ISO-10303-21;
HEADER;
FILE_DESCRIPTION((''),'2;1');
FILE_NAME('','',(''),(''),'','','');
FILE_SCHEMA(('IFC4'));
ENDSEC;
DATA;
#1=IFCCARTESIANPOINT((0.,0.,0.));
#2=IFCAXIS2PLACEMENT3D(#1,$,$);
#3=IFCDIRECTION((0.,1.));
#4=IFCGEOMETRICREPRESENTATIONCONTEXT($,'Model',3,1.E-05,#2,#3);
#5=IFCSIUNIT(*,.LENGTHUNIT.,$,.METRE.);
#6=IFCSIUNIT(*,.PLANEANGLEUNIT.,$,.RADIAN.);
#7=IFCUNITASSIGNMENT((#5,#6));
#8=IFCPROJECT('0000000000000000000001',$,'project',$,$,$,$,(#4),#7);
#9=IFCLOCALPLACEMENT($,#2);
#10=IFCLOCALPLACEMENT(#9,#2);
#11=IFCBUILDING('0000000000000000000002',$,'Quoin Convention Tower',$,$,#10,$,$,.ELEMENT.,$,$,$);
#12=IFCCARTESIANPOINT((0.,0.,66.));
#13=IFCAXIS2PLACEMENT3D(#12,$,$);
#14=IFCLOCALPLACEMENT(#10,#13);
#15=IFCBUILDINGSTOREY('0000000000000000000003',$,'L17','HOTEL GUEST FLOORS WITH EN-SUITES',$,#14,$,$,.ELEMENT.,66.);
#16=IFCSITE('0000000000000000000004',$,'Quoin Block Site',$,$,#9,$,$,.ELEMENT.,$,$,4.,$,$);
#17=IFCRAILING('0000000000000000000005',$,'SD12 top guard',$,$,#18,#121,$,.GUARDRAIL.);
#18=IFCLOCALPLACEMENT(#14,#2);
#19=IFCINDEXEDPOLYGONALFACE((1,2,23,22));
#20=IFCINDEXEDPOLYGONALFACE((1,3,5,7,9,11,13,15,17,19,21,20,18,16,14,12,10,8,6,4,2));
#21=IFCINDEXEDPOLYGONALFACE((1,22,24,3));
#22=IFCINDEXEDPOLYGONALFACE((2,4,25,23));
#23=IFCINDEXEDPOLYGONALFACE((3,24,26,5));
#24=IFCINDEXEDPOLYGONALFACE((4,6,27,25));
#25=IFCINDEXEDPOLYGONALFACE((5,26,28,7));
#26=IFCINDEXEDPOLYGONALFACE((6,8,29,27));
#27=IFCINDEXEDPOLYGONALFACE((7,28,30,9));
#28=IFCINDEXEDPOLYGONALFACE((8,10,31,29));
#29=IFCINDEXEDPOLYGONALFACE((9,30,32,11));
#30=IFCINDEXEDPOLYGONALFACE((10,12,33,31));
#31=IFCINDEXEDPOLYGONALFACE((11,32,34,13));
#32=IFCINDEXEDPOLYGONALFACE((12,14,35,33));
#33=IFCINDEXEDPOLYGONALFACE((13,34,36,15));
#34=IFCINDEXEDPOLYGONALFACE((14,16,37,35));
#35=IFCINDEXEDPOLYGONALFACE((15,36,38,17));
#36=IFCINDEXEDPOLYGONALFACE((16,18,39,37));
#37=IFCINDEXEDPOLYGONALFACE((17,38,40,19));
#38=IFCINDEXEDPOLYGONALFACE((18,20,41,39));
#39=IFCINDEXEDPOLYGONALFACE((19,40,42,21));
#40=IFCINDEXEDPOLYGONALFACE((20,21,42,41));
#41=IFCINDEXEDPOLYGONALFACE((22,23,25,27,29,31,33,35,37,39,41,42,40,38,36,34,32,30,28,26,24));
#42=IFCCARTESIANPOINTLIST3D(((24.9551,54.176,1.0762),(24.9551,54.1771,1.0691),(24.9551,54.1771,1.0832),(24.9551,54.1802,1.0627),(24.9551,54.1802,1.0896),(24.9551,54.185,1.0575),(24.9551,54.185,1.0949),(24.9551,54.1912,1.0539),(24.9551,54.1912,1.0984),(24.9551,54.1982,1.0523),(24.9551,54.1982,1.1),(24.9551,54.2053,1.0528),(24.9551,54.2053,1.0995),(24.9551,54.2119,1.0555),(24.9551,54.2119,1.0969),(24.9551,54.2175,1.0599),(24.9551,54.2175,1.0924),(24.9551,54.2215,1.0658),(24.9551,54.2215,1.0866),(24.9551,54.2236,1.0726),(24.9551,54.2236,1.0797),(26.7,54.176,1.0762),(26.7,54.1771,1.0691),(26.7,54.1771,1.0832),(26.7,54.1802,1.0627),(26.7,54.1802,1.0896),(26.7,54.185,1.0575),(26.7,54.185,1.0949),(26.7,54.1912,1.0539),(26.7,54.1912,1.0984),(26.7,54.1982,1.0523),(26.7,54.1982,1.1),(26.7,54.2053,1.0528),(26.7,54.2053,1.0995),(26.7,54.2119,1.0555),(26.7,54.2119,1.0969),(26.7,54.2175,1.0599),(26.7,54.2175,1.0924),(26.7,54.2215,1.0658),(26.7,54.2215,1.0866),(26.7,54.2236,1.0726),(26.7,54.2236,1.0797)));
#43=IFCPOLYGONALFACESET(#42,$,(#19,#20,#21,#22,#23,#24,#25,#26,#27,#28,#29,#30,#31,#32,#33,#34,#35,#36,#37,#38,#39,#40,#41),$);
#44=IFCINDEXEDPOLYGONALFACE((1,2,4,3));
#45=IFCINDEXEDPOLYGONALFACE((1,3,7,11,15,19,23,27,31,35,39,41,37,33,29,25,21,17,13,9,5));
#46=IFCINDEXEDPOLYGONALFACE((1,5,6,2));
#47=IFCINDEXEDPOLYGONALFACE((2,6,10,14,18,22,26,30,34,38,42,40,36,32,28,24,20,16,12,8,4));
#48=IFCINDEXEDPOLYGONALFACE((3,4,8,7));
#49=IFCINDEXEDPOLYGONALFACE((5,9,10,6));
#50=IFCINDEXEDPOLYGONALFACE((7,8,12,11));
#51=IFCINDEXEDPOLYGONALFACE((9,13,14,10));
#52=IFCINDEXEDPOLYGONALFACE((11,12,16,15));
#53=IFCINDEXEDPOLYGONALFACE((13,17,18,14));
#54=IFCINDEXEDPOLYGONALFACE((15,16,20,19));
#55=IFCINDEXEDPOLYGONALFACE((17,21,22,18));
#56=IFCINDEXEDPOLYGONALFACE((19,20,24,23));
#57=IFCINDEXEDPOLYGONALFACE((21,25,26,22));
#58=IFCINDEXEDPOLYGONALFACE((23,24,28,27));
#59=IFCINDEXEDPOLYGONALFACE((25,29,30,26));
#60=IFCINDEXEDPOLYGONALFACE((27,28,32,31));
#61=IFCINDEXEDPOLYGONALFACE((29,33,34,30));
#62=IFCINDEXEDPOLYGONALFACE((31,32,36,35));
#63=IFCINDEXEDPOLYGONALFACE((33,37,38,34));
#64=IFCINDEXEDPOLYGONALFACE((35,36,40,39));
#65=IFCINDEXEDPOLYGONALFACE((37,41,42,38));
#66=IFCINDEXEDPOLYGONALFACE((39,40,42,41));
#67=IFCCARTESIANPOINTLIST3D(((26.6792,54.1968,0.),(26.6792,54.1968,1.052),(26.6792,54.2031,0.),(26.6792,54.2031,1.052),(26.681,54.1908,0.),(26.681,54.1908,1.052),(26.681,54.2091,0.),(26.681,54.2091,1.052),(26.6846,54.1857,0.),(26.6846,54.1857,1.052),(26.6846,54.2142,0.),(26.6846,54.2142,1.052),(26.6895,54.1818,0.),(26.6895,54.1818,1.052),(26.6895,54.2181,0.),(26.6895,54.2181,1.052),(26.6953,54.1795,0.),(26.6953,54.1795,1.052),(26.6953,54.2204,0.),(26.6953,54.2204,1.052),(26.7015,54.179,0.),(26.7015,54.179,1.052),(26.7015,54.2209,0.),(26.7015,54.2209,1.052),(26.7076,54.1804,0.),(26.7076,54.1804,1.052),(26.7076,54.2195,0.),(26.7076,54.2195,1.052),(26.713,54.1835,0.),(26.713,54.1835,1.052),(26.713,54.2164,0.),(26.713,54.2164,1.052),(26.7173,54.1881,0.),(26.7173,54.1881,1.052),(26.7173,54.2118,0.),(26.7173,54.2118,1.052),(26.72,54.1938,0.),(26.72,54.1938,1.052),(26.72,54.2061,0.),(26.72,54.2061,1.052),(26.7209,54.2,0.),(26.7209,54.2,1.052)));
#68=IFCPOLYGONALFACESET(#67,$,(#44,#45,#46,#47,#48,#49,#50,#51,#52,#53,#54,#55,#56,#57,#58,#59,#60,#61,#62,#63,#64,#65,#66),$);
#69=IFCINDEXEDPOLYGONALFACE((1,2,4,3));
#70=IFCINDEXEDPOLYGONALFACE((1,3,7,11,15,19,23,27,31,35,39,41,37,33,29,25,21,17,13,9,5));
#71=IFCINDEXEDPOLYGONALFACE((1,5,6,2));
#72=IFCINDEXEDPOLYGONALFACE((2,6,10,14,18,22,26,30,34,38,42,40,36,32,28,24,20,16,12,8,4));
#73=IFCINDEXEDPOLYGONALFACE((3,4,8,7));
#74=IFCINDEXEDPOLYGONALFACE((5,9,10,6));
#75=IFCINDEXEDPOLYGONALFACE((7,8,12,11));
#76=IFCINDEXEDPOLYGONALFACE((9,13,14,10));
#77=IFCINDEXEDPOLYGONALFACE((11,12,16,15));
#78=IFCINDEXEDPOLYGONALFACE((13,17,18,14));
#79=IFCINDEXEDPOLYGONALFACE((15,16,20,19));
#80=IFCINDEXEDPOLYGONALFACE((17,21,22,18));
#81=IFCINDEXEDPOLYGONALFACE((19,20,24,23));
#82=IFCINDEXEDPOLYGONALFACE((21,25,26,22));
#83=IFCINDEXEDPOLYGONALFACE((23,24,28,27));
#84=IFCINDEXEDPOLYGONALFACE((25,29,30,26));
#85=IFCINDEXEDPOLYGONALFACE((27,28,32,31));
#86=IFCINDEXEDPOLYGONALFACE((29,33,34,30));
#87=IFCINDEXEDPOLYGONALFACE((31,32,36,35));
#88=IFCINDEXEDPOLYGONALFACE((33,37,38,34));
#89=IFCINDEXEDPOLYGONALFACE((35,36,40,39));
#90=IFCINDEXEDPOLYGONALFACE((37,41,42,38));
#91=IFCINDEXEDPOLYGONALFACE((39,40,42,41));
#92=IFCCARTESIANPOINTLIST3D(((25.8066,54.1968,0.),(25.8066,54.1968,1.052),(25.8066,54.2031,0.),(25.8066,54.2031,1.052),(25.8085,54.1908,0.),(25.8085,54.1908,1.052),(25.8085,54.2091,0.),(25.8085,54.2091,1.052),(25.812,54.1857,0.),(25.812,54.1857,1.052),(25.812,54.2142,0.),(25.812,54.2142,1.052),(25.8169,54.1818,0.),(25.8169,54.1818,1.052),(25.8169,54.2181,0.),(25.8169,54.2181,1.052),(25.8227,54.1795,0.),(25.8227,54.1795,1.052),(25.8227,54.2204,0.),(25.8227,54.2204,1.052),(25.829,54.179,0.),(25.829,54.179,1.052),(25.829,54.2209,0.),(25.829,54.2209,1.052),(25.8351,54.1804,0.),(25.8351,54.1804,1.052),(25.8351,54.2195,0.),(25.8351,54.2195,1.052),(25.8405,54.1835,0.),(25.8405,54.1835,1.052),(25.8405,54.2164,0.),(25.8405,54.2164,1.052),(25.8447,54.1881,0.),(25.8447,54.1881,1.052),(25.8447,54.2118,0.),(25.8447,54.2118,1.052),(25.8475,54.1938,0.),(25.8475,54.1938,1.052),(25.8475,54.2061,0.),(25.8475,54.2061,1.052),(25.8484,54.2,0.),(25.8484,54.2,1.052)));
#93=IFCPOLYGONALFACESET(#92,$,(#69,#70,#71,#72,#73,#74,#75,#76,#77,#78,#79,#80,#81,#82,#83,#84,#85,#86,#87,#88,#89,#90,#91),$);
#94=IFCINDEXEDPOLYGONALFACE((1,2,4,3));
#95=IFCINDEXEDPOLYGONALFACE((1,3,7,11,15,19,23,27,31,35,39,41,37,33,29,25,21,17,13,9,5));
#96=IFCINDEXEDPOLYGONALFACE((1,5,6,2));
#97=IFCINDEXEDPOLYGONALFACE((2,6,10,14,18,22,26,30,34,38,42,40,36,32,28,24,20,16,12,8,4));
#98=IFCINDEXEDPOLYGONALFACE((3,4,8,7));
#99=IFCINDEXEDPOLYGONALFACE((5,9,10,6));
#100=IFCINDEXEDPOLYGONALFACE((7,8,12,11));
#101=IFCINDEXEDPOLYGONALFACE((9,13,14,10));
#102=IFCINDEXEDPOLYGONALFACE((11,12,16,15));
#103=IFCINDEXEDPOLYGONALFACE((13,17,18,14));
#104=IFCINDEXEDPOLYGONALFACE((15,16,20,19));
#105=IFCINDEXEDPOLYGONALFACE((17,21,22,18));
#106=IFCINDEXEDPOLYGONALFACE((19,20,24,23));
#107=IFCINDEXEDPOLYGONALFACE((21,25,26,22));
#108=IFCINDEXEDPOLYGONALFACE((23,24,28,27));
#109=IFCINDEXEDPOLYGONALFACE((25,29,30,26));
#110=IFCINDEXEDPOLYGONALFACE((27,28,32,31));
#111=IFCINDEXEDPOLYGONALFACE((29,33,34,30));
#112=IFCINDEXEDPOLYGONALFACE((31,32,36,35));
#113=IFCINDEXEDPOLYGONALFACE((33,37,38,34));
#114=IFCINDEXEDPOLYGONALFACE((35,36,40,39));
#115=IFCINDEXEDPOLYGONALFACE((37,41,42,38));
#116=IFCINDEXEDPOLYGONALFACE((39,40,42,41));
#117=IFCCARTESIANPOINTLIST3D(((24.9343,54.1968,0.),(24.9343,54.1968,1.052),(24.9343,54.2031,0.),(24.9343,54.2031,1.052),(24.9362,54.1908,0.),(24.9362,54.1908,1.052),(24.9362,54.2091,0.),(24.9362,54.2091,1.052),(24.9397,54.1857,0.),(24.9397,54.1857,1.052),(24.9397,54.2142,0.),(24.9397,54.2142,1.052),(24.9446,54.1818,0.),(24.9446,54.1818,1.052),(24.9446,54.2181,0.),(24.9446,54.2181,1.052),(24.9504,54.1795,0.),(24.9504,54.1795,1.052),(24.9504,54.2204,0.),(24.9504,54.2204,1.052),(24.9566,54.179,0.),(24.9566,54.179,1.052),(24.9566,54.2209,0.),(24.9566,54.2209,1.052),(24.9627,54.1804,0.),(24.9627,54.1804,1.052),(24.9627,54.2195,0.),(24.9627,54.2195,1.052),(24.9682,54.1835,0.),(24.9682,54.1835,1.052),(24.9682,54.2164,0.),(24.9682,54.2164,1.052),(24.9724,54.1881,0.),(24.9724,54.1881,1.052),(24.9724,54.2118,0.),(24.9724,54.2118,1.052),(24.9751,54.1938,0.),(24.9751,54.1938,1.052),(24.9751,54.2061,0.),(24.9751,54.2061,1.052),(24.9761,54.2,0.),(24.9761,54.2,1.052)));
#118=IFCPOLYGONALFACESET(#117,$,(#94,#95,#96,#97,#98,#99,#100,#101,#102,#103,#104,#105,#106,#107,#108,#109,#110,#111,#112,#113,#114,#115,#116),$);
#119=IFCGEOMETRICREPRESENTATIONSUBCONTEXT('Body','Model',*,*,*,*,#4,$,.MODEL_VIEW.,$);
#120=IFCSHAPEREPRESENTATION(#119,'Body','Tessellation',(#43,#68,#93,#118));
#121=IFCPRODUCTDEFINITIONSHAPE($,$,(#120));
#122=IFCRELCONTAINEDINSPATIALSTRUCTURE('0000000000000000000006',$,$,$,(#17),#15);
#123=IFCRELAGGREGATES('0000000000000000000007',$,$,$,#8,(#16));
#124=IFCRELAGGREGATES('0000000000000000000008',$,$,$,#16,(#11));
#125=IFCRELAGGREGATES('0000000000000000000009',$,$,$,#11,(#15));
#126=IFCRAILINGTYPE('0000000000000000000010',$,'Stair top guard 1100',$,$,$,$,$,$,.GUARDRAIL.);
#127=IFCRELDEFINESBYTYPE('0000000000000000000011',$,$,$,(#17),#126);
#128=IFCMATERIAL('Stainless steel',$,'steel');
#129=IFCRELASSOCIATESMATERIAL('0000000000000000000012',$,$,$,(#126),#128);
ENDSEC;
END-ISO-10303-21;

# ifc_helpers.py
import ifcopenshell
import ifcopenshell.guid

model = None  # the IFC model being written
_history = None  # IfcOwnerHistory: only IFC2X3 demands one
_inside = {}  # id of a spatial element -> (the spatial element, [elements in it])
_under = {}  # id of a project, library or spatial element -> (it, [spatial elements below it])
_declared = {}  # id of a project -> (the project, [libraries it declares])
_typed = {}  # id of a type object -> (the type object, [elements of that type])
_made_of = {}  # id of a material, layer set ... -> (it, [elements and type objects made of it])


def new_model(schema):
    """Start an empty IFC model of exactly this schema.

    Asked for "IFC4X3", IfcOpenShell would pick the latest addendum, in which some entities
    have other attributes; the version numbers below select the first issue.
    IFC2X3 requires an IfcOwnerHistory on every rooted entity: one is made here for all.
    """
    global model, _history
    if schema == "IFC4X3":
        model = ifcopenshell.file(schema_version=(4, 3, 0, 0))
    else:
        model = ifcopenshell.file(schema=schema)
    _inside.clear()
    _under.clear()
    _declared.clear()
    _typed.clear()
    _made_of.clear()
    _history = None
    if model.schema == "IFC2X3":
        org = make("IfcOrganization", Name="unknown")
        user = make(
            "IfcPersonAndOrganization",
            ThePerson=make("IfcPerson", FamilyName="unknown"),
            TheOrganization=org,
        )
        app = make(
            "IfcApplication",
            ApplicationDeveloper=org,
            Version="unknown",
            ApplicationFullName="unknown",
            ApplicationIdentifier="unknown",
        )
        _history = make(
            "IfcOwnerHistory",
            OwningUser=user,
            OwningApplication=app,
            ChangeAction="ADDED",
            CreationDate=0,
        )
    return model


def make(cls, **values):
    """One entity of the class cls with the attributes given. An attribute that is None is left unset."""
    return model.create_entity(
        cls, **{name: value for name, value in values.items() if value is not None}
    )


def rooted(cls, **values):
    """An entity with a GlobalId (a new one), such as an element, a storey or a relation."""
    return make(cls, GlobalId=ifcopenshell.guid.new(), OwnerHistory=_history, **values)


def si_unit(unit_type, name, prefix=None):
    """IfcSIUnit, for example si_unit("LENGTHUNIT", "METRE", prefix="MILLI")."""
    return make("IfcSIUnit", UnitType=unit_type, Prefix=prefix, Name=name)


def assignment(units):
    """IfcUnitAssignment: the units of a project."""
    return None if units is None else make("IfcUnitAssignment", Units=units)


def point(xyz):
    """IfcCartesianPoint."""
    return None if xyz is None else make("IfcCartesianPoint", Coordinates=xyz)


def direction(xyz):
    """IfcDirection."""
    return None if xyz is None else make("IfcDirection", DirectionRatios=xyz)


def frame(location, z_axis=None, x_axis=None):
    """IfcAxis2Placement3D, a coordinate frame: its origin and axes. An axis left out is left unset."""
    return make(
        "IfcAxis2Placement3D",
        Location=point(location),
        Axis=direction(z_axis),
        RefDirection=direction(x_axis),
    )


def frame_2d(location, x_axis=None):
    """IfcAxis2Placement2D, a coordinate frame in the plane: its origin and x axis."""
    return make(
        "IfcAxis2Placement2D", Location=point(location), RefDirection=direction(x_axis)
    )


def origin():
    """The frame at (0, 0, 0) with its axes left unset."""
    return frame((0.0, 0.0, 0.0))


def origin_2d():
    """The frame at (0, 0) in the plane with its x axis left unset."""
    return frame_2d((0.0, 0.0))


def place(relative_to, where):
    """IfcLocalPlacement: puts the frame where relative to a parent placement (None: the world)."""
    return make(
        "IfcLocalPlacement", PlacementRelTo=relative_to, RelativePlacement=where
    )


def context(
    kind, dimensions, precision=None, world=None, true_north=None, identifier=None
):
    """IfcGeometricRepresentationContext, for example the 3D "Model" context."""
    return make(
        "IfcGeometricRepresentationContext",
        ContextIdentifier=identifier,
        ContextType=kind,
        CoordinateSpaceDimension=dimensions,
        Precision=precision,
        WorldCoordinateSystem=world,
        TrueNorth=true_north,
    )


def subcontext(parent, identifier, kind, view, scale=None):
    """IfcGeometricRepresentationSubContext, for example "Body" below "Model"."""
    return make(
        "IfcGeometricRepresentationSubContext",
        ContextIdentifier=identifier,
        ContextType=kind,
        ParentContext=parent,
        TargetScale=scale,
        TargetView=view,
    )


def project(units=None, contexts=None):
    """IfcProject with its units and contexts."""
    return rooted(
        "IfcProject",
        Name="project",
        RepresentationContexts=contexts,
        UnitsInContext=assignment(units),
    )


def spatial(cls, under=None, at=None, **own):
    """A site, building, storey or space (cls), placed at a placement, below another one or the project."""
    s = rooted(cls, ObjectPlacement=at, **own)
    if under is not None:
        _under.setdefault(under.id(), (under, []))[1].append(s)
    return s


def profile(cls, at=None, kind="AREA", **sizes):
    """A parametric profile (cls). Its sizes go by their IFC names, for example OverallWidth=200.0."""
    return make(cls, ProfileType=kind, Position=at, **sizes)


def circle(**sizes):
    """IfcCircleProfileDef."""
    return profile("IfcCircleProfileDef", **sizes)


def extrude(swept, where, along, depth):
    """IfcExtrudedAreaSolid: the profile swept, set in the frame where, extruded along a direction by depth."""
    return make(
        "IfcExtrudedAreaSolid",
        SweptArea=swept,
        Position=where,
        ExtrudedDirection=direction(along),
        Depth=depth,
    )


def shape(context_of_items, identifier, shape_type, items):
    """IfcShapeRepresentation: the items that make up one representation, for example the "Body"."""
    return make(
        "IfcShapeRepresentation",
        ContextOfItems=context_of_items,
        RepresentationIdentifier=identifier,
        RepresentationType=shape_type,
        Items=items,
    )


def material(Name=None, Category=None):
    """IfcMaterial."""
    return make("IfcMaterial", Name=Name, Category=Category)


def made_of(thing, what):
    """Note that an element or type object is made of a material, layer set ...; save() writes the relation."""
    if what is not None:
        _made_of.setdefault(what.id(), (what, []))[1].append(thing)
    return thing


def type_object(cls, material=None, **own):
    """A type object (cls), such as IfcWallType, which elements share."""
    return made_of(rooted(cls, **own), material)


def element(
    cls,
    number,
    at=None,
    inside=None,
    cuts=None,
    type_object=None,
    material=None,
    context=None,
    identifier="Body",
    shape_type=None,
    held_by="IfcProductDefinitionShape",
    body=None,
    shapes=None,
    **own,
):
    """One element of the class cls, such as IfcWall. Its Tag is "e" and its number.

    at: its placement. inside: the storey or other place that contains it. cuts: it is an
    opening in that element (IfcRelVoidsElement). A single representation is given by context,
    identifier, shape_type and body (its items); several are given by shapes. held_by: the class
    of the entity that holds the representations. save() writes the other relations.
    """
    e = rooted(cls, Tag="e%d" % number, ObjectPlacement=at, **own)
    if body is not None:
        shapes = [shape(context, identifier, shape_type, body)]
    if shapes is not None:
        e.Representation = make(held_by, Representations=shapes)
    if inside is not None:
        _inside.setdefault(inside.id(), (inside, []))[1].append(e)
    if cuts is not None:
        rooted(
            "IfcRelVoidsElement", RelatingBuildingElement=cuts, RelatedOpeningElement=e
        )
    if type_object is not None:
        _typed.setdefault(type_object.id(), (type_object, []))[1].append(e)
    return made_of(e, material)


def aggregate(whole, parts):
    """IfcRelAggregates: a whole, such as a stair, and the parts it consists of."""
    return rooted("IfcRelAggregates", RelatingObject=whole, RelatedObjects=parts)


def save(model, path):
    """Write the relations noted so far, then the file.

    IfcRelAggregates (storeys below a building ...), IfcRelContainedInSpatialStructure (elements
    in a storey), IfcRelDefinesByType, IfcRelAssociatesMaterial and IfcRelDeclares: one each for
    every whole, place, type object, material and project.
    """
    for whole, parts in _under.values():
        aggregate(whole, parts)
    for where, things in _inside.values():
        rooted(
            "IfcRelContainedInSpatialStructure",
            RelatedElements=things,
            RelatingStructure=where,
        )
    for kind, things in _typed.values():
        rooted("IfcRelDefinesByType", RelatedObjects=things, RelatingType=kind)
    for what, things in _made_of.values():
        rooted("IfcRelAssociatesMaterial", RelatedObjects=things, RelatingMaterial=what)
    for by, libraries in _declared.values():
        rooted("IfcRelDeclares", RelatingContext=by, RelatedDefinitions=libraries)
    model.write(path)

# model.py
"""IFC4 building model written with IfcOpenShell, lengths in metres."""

from ifc_helpers import new_model, si_unit, direction, frame, origin, origin_2d, place, context, subcontext, project, spatial, circle, extrude, material, type_object, element, save


model = new_model("IFC4")

# Units and contexts
model_context = context("Model", 3, precision=1e-05, world=origin(), true_north=direction((0.0, 1.0)))
body_context = subcontext(model_context, "Body", "Model", "MODEL_VIEW")
ifc_project = project(units=[si_unit("LENGTHUNIT", "METRE"), si_unit("PLANEANGLEUNIT", "RADIAN")], contexts=[model_context])

# Site, building, storey
site_placement = place(None, origin())
site = spatial("IfcSite", under=ifc_project, at=site_placement, Name="Quoin Block Site", CompositionType="ELEMENT", RefElevation=4.0)
building_placement = place(site_placement, origin())
building = spatial("IfcBuilding", under=site, at=building_placement, Name="Quoin Convention Tower", CompositionType="ELEMENT")
storey_placement = place(building_placement, frame((0.0, 0.0, 66.0)))
storey = spatial("IfcBuildingStorey", under=building, at=storey_placement, Name="L17", Description="HOTEL GUEST FLOORS WITH EN-SUITES", CompositionType="ELEMENT", Elevation=66.0)

# Railing
ifc_material_1 = material(Name="Stainless steel", Category="steel")
railing_type_1 = type_object("IfcRailingType", Name="Stair top guard 1100", PredefinedType="GUARDRAIL", material=ifc_material_1)
railing_1_placement = place(storey_placement, frame((26.7, 54.2, 0.0)))
element("IfcRailing", 1, at=railing_1_placement, inside=storey, type_object=railing_type_1, Name="SD12 top guard", PredefinedType="GUARDRAIL", context=body_context, shape_type="SweptSolid", body=[
    extrude(circle(Radius=0.0239, at=origin_2d()), frame((0.0, 0.0, 1.0762), z_axis=(-1.0, 0.0, 0.0), x_axis=(0.0, -1.0, 0.0)), (0.0, 0.0, 1.0), 1.7449),
    extrude(circle(Radius=0.021, at=origin_2d()), origin(), (0.0, 0.0, 1.0), 1.052),
    extrude(circle(Radius=0.021, at=origin_2d()), frame((-0.8726, 0.0, 0.0)), (0.0, 0.0, 1.0), 1.052),
    extrude(circle(Radius=0.021, at=origin_2d()), frame((-1.7449, 0.0, 0.0)), (0.0, 0.0, 1.0), 1.052),
])

save(model, "model.ifc")
